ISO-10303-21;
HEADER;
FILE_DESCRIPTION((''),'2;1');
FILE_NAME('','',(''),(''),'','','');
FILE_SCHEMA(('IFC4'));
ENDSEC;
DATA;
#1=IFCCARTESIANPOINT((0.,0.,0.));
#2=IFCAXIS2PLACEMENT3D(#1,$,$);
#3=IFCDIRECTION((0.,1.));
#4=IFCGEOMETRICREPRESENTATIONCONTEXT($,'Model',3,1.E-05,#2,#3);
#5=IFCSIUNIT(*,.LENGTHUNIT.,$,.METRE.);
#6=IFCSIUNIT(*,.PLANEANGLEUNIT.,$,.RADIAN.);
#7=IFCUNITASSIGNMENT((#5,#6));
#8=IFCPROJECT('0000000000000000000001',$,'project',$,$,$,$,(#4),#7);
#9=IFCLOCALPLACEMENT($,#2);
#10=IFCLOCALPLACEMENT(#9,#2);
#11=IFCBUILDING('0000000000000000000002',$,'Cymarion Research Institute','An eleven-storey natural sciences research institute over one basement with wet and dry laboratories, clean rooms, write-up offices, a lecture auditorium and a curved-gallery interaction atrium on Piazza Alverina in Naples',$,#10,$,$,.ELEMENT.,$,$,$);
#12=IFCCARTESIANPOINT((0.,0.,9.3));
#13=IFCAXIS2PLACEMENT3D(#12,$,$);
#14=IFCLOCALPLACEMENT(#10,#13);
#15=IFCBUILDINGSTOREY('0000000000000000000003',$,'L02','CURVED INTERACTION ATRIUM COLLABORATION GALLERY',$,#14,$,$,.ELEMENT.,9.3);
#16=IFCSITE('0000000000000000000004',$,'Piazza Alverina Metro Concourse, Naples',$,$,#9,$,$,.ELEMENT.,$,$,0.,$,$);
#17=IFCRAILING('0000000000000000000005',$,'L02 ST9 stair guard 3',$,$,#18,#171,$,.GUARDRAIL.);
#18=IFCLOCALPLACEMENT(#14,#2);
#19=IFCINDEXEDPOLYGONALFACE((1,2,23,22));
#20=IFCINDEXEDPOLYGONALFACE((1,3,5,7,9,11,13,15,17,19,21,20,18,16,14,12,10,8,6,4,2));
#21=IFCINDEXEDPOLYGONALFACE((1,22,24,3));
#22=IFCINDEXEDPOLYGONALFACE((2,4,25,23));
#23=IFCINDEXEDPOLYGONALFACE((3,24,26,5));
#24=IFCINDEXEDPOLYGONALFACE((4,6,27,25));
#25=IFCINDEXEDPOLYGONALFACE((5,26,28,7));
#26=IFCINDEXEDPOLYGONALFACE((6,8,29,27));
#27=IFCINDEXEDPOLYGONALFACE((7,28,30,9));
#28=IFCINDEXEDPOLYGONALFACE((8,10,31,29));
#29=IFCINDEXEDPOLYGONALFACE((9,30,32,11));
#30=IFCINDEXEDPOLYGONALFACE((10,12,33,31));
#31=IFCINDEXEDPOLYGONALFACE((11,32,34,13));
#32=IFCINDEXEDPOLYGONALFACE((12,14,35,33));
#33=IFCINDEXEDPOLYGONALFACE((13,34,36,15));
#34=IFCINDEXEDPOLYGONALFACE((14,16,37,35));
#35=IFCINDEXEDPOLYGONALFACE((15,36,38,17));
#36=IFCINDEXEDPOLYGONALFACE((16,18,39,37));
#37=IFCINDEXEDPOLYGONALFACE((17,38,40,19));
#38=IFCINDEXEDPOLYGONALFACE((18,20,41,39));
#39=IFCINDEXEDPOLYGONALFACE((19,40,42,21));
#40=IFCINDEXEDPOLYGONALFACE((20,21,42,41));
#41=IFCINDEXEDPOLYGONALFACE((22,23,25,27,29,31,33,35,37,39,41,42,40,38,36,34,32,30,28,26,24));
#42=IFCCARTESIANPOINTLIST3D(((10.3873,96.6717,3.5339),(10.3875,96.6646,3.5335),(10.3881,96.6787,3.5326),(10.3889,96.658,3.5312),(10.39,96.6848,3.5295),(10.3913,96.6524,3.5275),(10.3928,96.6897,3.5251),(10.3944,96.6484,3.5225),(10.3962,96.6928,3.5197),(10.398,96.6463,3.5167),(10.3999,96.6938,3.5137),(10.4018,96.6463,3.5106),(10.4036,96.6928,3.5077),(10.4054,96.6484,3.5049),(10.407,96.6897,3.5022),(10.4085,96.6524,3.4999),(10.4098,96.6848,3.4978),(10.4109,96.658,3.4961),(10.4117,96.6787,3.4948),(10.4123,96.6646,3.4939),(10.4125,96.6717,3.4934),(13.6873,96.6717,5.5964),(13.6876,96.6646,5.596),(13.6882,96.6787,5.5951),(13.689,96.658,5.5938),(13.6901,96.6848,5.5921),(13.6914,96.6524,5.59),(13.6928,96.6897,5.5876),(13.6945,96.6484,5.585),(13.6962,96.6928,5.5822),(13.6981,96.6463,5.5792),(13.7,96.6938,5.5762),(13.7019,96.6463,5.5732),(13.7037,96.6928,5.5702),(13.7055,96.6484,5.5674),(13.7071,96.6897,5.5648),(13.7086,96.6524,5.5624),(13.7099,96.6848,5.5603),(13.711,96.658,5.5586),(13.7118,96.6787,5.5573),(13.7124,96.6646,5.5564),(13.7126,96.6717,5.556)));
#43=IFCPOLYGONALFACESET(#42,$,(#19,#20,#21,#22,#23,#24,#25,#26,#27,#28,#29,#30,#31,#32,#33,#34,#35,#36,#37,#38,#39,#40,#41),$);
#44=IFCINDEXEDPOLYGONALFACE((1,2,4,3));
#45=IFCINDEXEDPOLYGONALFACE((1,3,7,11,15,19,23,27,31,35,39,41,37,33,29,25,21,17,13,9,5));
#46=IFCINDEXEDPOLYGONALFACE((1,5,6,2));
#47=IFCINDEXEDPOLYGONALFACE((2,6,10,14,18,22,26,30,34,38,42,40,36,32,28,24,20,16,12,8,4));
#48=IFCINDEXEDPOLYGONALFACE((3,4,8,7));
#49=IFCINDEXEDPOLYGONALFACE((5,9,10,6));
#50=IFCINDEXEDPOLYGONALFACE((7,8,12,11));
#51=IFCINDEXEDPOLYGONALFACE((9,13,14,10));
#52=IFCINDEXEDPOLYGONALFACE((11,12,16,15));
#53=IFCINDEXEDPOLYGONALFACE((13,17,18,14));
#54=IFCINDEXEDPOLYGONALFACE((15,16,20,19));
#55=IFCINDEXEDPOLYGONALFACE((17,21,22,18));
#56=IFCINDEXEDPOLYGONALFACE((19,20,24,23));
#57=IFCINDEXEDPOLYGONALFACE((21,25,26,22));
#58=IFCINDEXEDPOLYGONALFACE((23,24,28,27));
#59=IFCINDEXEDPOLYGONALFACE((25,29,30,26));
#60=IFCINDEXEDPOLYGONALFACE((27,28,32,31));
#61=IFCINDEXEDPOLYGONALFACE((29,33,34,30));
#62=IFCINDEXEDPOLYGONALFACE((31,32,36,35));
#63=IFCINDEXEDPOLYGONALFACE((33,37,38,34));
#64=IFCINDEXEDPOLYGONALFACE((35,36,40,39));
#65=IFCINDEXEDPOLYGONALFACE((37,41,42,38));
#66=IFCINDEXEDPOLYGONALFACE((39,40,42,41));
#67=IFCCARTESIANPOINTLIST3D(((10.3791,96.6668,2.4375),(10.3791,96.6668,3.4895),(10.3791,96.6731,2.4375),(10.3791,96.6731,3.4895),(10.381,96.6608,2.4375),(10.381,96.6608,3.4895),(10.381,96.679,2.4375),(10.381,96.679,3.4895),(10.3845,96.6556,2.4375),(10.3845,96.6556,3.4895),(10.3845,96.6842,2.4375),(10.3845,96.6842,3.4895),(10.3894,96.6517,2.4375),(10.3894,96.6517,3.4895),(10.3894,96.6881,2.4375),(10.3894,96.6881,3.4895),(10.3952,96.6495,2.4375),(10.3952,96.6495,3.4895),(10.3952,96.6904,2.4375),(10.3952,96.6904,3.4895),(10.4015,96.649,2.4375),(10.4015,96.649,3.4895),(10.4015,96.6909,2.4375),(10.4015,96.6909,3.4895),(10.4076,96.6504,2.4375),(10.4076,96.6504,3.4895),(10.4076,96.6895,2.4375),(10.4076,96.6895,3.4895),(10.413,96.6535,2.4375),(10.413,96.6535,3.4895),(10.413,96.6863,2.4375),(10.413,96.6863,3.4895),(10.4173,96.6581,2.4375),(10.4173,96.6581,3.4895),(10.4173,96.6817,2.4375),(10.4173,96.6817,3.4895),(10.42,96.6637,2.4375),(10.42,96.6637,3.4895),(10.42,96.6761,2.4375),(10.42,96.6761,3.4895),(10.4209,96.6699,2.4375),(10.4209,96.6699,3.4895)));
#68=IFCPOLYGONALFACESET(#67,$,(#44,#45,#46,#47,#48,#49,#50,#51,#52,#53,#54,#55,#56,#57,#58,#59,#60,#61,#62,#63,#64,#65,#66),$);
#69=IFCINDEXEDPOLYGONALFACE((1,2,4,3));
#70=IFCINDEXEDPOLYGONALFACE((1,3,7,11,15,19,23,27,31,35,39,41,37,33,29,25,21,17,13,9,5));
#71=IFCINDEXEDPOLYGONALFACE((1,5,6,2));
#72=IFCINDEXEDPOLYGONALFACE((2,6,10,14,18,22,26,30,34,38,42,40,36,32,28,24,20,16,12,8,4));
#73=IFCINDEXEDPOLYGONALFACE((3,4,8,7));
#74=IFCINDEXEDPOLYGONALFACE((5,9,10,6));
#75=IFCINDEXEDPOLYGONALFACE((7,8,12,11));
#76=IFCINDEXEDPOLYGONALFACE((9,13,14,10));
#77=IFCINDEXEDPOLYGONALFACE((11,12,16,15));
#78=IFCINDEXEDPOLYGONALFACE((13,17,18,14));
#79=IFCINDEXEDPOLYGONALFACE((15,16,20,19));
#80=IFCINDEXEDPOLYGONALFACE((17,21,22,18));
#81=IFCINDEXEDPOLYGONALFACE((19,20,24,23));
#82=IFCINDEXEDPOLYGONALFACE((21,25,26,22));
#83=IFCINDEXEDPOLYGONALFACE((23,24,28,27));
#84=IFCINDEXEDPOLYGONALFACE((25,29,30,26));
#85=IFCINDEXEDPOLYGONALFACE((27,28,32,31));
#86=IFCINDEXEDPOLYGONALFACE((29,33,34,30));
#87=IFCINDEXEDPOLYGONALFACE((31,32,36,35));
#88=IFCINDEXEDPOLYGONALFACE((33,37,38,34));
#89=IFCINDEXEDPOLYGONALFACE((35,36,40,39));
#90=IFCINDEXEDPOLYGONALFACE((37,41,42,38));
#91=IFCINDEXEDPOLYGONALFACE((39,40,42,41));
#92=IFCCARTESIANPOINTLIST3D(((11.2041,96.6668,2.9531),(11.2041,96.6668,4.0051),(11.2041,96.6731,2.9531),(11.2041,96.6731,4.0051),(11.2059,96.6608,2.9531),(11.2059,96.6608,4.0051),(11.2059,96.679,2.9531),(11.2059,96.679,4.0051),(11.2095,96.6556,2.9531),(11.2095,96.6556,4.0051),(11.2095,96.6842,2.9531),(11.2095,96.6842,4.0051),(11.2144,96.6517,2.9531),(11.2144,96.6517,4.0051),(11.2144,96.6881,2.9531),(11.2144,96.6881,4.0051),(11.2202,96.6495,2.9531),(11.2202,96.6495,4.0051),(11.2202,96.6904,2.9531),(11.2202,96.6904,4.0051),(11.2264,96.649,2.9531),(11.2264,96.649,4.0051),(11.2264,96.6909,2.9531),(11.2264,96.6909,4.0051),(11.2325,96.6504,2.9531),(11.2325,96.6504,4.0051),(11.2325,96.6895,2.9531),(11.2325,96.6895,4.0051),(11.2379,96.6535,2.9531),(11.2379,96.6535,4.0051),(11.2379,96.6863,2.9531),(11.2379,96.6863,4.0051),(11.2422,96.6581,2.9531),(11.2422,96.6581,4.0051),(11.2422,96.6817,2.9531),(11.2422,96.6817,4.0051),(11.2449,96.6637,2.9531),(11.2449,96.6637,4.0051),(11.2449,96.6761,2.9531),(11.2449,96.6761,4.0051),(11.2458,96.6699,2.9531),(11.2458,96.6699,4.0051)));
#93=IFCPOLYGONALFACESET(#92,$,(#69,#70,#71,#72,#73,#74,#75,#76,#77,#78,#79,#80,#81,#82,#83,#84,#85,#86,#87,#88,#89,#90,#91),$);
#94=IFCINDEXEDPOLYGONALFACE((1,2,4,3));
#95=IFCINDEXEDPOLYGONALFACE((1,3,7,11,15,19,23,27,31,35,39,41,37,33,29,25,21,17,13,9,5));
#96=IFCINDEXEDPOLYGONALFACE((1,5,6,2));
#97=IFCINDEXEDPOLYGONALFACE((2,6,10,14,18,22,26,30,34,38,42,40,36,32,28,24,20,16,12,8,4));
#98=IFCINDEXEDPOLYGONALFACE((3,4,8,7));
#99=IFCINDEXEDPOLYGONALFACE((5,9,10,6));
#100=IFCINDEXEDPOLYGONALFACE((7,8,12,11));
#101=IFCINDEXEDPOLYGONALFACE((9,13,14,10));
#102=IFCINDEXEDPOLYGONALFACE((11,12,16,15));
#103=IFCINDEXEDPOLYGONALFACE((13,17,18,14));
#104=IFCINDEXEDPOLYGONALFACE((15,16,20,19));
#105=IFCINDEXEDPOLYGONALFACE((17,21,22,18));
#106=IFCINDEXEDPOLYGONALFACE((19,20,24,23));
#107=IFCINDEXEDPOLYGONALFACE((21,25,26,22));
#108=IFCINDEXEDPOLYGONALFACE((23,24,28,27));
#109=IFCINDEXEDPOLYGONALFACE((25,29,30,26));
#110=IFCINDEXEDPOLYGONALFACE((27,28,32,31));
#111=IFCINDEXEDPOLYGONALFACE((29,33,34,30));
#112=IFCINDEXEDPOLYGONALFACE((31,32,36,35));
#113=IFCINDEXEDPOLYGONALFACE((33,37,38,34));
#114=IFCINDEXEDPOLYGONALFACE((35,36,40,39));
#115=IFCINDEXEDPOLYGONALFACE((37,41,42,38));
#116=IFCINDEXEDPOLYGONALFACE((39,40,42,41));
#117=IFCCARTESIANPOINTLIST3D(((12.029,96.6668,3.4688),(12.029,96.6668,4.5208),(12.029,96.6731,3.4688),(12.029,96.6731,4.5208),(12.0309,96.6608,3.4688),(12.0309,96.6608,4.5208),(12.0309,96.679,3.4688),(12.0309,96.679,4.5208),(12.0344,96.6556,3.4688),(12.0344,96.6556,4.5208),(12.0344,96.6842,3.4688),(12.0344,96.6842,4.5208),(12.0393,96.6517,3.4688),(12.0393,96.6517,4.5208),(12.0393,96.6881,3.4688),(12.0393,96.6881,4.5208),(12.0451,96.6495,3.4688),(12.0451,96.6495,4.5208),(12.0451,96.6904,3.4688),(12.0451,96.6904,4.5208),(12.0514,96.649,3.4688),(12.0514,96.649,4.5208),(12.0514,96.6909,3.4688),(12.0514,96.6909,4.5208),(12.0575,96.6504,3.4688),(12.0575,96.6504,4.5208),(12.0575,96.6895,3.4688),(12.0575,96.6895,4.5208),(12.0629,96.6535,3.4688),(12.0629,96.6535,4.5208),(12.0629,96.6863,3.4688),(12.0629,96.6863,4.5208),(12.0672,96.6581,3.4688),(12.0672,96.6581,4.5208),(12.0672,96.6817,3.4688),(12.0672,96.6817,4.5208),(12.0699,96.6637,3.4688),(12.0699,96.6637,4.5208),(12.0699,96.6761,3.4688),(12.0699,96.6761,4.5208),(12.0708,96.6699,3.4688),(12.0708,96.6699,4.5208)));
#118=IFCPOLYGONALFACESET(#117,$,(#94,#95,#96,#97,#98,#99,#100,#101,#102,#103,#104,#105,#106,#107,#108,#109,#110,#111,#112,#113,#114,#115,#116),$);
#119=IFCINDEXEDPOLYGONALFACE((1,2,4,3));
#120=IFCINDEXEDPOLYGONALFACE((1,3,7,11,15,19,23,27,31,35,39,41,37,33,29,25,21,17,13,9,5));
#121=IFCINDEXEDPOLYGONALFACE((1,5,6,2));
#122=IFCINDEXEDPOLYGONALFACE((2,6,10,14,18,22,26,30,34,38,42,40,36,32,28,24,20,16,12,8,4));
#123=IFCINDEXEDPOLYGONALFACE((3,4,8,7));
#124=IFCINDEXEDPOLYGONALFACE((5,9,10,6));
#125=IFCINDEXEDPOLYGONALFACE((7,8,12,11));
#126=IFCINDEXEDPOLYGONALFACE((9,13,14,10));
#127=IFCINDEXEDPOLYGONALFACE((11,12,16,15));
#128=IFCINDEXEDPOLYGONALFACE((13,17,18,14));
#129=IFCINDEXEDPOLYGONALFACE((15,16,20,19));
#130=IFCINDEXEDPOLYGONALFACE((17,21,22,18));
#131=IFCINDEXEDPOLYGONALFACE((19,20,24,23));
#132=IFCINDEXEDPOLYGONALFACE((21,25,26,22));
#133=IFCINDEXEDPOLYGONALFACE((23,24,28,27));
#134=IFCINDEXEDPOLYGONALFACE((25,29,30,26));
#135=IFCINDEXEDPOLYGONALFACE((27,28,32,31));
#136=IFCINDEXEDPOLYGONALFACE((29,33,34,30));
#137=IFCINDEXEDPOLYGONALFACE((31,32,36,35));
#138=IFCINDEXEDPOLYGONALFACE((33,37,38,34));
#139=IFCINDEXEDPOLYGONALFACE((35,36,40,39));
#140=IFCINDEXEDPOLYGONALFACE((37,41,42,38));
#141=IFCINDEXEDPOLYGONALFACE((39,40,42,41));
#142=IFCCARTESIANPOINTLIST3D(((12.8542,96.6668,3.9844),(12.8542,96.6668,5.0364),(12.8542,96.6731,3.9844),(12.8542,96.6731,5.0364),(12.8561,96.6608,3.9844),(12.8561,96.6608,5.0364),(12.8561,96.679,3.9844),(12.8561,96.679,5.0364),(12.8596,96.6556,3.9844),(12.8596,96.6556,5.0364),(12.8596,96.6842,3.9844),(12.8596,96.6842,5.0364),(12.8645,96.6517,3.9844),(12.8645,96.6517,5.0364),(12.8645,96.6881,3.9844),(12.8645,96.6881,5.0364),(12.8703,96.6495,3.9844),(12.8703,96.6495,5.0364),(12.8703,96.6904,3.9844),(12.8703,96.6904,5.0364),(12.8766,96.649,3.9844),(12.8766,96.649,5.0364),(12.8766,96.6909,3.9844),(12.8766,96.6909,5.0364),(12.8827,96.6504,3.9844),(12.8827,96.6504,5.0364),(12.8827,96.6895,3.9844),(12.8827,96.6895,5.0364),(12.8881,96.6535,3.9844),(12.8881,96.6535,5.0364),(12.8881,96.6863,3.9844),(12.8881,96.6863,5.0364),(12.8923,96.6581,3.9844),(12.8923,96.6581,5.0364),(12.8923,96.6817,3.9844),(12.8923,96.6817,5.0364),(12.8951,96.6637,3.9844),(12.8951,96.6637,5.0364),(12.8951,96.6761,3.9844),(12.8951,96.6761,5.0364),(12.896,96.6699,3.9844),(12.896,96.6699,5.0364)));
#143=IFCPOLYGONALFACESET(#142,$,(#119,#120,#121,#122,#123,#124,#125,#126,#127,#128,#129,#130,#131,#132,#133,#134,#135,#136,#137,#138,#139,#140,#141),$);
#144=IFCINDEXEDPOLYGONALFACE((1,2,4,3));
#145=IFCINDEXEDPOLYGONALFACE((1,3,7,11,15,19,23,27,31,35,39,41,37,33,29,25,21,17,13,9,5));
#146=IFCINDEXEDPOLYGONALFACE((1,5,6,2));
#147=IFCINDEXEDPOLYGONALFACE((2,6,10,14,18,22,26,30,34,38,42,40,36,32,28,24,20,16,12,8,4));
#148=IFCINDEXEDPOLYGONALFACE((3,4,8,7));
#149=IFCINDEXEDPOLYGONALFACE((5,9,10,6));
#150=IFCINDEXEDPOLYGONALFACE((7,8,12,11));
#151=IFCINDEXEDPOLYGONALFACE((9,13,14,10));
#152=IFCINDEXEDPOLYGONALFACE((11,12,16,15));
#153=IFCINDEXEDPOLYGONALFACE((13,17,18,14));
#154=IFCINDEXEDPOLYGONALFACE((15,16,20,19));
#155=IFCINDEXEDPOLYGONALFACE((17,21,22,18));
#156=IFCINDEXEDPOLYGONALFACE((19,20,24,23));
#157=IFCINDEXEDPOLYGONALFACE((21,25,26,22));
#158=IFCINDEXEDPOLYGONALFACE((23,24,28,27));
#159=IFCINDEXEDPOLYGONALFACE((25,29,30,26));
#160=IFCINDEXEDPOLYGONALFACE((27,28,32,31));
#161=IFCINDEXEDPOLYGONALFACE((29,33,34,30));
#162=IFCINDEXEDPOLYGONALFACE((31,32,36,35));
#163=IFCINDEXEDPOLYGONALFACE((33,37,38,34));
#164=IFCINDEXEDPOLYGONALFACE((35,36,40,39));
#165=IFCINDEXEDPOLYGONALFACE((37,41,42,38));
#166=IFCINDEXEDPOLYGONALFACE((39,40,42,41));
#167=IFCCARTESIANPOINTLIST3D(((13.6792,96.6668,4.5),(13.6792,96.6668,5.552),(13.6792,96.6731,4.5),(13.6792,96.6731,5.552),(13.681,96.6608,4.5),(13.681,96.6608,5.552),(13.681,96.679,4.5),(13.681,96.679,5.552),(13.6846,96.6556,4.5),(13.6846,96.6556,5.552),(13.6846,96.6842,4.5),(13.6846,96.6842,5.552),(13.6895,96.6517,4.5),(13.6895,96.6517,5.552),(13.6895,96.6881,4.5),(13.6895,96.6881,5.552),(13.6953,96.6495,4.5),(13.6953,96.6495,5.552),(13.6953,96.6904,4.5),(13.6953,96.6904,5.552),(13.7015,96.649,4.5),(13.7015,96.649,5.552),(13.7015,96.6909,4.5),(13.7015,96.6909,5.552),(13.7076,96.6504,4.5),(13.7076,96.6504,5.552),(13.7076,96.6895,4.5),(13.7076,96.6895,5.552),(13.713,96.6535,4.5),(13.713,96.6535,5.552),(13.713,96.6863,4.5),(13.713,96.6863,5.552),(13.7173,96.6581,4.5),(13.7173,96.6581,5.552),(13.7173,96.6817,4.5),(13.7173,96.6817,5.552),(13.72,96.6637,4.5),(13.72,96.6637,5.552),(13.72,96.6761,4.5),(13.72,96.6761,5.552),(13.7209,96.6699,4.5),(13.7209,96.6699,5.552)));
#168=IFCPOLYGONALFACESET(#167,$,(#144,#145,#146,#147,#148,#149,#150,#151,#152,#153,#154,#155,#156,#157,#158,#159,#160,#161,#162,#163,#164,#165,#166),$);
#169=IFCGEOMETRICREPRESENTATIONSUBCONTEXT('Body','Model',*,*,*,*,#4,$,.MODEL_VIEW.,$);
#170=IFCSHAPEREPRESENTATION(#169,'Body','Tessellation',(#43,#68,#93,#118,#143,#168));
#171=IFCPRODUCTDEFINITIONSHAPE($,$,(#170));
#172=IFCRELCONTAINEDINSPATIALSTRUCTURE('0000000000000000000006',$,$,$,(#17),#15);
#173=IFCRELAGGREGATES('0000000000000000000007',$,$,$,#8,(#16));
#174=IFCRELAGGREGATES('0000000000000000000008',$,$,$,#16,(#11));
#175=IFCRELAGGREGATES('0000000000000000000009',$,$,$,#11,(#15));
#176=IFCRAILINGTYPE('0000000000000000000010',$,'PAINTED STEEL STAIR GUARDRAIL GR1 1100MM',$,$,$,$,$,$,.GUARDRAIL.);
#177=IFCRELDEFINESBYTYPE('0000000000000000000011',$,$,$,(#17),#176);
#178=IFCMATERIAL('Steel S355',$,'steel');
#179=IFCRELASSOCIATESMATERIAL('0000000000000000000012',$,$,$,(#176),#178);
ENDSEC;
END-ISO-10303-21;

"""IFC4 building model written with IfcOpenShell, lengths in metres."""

from ifc_helpers import new_model, si_unit, direction, frame, origin, origin_2d, place, context, subcontext, project, spatial, circle, extrude, material, type_object, element, save


model = new_model("IFC4")

# Units and contexts
model_context = context("Model", 3, precision=1e-05, world=origin(), true_north=direction((0.0, 1.0)))
body_context = subcontext(model_context, "Body", "Model", "MODEL_VIEW")
ifc_project = project(units=[si_unit("LENGTHUNIT", "METRE"), si_unit("PLANEANGLEUNIT", "RADIAN")], contexts=[model_context])

# Site, building, storey
site_placement = place(None, origin())
site = spatial("IfcSite", under=ifc_project, at=site_placement, Name="Piazza Alverina Metro Concourse, Naples", CompositionType="ELEMENT", RefElevation=0.0)
building_placement = place(site_placement, origin())
building = spatial("IfcBuilding", under=site, at=building_placement, Name="Cymarion Research Institute", Description="An eleven-storey natural sciences research institute over one basement with wet and dry laboratories, clean rooms, write-up offices, a lecture auditorium and a curved-gallery interaction atrium on Piazza Alverina in Naples", CompositionType="ELEMENT")
storey_placement = place(building_placement, frame((0.0, 0.0, 9.3)))
storey = spatial("IfcBuildingStorey", under=building, at=storey_placement, Name="L02", Description="CURVED INTERACTION ATRIUM COLLABORATION GALLERY", CompositionType="ELEMENT", Elevation=9.3)

# Shared definitions
ifc_material_1 = material(Name="Steel S355", Category="steel")

# Railing
railing_type_1 = type_object("IfcRailingType", Name="PAINTED STEEL STAIR GUARDRAIL GR1 1100MM", PredefinedType="GUARDRAIL", material=ifc_material_1)
railing_1_placement = place(storey_placement, frame((10.3999, 96.6699, 2.4375)))
element("IfcRailing", 1, at=railing_1_placement, inside=storey, type_object=railing_type_1, Name="L02 ST9 stair guard 3", PredefinedType="GUARDRAIL", context=body_context, shape_type="SweptSolid", body=[
    extrude(circle(Radius=0.0239, at=origin_2d()), frame((0.0, 0.0, 1.0762), z_axis=(0.848002, 0.0, 0.529993), x_axis=(0.0, 1.0, 0.0)), (0.0, 0.0, 1.0), 3.8916),
    extrude(circle(Radius=0.021, at=origin_2d()), origin(), (0.0, 0.0, 1.0), 1.052),
    extrude(circle(Radius=0.021, at=origin_2d()), frame((0.825, 0.0, 0.5156)), (0.0, 0.0, 1.0), 1.052),
    extrude(circle(Radius=0.021, at=origin_2d()), frame((1.6499, 0.0, 1.0312)), (0.0, 0.0, 1.0), 1.052),
    extrude(circle(Radius=0.021, at=origin_2d()), frame((2.4751, 0.0, 1.5469)), (0.0, 0.0, 1.0), 1.052),
    extrude(circle(Radius=0.021, at=origin_2d()), frame((3.3, 0.0, 2.0625)), (0.0, 0.0, 1.0), 1.052),
])

save(model, "model.ifc")
